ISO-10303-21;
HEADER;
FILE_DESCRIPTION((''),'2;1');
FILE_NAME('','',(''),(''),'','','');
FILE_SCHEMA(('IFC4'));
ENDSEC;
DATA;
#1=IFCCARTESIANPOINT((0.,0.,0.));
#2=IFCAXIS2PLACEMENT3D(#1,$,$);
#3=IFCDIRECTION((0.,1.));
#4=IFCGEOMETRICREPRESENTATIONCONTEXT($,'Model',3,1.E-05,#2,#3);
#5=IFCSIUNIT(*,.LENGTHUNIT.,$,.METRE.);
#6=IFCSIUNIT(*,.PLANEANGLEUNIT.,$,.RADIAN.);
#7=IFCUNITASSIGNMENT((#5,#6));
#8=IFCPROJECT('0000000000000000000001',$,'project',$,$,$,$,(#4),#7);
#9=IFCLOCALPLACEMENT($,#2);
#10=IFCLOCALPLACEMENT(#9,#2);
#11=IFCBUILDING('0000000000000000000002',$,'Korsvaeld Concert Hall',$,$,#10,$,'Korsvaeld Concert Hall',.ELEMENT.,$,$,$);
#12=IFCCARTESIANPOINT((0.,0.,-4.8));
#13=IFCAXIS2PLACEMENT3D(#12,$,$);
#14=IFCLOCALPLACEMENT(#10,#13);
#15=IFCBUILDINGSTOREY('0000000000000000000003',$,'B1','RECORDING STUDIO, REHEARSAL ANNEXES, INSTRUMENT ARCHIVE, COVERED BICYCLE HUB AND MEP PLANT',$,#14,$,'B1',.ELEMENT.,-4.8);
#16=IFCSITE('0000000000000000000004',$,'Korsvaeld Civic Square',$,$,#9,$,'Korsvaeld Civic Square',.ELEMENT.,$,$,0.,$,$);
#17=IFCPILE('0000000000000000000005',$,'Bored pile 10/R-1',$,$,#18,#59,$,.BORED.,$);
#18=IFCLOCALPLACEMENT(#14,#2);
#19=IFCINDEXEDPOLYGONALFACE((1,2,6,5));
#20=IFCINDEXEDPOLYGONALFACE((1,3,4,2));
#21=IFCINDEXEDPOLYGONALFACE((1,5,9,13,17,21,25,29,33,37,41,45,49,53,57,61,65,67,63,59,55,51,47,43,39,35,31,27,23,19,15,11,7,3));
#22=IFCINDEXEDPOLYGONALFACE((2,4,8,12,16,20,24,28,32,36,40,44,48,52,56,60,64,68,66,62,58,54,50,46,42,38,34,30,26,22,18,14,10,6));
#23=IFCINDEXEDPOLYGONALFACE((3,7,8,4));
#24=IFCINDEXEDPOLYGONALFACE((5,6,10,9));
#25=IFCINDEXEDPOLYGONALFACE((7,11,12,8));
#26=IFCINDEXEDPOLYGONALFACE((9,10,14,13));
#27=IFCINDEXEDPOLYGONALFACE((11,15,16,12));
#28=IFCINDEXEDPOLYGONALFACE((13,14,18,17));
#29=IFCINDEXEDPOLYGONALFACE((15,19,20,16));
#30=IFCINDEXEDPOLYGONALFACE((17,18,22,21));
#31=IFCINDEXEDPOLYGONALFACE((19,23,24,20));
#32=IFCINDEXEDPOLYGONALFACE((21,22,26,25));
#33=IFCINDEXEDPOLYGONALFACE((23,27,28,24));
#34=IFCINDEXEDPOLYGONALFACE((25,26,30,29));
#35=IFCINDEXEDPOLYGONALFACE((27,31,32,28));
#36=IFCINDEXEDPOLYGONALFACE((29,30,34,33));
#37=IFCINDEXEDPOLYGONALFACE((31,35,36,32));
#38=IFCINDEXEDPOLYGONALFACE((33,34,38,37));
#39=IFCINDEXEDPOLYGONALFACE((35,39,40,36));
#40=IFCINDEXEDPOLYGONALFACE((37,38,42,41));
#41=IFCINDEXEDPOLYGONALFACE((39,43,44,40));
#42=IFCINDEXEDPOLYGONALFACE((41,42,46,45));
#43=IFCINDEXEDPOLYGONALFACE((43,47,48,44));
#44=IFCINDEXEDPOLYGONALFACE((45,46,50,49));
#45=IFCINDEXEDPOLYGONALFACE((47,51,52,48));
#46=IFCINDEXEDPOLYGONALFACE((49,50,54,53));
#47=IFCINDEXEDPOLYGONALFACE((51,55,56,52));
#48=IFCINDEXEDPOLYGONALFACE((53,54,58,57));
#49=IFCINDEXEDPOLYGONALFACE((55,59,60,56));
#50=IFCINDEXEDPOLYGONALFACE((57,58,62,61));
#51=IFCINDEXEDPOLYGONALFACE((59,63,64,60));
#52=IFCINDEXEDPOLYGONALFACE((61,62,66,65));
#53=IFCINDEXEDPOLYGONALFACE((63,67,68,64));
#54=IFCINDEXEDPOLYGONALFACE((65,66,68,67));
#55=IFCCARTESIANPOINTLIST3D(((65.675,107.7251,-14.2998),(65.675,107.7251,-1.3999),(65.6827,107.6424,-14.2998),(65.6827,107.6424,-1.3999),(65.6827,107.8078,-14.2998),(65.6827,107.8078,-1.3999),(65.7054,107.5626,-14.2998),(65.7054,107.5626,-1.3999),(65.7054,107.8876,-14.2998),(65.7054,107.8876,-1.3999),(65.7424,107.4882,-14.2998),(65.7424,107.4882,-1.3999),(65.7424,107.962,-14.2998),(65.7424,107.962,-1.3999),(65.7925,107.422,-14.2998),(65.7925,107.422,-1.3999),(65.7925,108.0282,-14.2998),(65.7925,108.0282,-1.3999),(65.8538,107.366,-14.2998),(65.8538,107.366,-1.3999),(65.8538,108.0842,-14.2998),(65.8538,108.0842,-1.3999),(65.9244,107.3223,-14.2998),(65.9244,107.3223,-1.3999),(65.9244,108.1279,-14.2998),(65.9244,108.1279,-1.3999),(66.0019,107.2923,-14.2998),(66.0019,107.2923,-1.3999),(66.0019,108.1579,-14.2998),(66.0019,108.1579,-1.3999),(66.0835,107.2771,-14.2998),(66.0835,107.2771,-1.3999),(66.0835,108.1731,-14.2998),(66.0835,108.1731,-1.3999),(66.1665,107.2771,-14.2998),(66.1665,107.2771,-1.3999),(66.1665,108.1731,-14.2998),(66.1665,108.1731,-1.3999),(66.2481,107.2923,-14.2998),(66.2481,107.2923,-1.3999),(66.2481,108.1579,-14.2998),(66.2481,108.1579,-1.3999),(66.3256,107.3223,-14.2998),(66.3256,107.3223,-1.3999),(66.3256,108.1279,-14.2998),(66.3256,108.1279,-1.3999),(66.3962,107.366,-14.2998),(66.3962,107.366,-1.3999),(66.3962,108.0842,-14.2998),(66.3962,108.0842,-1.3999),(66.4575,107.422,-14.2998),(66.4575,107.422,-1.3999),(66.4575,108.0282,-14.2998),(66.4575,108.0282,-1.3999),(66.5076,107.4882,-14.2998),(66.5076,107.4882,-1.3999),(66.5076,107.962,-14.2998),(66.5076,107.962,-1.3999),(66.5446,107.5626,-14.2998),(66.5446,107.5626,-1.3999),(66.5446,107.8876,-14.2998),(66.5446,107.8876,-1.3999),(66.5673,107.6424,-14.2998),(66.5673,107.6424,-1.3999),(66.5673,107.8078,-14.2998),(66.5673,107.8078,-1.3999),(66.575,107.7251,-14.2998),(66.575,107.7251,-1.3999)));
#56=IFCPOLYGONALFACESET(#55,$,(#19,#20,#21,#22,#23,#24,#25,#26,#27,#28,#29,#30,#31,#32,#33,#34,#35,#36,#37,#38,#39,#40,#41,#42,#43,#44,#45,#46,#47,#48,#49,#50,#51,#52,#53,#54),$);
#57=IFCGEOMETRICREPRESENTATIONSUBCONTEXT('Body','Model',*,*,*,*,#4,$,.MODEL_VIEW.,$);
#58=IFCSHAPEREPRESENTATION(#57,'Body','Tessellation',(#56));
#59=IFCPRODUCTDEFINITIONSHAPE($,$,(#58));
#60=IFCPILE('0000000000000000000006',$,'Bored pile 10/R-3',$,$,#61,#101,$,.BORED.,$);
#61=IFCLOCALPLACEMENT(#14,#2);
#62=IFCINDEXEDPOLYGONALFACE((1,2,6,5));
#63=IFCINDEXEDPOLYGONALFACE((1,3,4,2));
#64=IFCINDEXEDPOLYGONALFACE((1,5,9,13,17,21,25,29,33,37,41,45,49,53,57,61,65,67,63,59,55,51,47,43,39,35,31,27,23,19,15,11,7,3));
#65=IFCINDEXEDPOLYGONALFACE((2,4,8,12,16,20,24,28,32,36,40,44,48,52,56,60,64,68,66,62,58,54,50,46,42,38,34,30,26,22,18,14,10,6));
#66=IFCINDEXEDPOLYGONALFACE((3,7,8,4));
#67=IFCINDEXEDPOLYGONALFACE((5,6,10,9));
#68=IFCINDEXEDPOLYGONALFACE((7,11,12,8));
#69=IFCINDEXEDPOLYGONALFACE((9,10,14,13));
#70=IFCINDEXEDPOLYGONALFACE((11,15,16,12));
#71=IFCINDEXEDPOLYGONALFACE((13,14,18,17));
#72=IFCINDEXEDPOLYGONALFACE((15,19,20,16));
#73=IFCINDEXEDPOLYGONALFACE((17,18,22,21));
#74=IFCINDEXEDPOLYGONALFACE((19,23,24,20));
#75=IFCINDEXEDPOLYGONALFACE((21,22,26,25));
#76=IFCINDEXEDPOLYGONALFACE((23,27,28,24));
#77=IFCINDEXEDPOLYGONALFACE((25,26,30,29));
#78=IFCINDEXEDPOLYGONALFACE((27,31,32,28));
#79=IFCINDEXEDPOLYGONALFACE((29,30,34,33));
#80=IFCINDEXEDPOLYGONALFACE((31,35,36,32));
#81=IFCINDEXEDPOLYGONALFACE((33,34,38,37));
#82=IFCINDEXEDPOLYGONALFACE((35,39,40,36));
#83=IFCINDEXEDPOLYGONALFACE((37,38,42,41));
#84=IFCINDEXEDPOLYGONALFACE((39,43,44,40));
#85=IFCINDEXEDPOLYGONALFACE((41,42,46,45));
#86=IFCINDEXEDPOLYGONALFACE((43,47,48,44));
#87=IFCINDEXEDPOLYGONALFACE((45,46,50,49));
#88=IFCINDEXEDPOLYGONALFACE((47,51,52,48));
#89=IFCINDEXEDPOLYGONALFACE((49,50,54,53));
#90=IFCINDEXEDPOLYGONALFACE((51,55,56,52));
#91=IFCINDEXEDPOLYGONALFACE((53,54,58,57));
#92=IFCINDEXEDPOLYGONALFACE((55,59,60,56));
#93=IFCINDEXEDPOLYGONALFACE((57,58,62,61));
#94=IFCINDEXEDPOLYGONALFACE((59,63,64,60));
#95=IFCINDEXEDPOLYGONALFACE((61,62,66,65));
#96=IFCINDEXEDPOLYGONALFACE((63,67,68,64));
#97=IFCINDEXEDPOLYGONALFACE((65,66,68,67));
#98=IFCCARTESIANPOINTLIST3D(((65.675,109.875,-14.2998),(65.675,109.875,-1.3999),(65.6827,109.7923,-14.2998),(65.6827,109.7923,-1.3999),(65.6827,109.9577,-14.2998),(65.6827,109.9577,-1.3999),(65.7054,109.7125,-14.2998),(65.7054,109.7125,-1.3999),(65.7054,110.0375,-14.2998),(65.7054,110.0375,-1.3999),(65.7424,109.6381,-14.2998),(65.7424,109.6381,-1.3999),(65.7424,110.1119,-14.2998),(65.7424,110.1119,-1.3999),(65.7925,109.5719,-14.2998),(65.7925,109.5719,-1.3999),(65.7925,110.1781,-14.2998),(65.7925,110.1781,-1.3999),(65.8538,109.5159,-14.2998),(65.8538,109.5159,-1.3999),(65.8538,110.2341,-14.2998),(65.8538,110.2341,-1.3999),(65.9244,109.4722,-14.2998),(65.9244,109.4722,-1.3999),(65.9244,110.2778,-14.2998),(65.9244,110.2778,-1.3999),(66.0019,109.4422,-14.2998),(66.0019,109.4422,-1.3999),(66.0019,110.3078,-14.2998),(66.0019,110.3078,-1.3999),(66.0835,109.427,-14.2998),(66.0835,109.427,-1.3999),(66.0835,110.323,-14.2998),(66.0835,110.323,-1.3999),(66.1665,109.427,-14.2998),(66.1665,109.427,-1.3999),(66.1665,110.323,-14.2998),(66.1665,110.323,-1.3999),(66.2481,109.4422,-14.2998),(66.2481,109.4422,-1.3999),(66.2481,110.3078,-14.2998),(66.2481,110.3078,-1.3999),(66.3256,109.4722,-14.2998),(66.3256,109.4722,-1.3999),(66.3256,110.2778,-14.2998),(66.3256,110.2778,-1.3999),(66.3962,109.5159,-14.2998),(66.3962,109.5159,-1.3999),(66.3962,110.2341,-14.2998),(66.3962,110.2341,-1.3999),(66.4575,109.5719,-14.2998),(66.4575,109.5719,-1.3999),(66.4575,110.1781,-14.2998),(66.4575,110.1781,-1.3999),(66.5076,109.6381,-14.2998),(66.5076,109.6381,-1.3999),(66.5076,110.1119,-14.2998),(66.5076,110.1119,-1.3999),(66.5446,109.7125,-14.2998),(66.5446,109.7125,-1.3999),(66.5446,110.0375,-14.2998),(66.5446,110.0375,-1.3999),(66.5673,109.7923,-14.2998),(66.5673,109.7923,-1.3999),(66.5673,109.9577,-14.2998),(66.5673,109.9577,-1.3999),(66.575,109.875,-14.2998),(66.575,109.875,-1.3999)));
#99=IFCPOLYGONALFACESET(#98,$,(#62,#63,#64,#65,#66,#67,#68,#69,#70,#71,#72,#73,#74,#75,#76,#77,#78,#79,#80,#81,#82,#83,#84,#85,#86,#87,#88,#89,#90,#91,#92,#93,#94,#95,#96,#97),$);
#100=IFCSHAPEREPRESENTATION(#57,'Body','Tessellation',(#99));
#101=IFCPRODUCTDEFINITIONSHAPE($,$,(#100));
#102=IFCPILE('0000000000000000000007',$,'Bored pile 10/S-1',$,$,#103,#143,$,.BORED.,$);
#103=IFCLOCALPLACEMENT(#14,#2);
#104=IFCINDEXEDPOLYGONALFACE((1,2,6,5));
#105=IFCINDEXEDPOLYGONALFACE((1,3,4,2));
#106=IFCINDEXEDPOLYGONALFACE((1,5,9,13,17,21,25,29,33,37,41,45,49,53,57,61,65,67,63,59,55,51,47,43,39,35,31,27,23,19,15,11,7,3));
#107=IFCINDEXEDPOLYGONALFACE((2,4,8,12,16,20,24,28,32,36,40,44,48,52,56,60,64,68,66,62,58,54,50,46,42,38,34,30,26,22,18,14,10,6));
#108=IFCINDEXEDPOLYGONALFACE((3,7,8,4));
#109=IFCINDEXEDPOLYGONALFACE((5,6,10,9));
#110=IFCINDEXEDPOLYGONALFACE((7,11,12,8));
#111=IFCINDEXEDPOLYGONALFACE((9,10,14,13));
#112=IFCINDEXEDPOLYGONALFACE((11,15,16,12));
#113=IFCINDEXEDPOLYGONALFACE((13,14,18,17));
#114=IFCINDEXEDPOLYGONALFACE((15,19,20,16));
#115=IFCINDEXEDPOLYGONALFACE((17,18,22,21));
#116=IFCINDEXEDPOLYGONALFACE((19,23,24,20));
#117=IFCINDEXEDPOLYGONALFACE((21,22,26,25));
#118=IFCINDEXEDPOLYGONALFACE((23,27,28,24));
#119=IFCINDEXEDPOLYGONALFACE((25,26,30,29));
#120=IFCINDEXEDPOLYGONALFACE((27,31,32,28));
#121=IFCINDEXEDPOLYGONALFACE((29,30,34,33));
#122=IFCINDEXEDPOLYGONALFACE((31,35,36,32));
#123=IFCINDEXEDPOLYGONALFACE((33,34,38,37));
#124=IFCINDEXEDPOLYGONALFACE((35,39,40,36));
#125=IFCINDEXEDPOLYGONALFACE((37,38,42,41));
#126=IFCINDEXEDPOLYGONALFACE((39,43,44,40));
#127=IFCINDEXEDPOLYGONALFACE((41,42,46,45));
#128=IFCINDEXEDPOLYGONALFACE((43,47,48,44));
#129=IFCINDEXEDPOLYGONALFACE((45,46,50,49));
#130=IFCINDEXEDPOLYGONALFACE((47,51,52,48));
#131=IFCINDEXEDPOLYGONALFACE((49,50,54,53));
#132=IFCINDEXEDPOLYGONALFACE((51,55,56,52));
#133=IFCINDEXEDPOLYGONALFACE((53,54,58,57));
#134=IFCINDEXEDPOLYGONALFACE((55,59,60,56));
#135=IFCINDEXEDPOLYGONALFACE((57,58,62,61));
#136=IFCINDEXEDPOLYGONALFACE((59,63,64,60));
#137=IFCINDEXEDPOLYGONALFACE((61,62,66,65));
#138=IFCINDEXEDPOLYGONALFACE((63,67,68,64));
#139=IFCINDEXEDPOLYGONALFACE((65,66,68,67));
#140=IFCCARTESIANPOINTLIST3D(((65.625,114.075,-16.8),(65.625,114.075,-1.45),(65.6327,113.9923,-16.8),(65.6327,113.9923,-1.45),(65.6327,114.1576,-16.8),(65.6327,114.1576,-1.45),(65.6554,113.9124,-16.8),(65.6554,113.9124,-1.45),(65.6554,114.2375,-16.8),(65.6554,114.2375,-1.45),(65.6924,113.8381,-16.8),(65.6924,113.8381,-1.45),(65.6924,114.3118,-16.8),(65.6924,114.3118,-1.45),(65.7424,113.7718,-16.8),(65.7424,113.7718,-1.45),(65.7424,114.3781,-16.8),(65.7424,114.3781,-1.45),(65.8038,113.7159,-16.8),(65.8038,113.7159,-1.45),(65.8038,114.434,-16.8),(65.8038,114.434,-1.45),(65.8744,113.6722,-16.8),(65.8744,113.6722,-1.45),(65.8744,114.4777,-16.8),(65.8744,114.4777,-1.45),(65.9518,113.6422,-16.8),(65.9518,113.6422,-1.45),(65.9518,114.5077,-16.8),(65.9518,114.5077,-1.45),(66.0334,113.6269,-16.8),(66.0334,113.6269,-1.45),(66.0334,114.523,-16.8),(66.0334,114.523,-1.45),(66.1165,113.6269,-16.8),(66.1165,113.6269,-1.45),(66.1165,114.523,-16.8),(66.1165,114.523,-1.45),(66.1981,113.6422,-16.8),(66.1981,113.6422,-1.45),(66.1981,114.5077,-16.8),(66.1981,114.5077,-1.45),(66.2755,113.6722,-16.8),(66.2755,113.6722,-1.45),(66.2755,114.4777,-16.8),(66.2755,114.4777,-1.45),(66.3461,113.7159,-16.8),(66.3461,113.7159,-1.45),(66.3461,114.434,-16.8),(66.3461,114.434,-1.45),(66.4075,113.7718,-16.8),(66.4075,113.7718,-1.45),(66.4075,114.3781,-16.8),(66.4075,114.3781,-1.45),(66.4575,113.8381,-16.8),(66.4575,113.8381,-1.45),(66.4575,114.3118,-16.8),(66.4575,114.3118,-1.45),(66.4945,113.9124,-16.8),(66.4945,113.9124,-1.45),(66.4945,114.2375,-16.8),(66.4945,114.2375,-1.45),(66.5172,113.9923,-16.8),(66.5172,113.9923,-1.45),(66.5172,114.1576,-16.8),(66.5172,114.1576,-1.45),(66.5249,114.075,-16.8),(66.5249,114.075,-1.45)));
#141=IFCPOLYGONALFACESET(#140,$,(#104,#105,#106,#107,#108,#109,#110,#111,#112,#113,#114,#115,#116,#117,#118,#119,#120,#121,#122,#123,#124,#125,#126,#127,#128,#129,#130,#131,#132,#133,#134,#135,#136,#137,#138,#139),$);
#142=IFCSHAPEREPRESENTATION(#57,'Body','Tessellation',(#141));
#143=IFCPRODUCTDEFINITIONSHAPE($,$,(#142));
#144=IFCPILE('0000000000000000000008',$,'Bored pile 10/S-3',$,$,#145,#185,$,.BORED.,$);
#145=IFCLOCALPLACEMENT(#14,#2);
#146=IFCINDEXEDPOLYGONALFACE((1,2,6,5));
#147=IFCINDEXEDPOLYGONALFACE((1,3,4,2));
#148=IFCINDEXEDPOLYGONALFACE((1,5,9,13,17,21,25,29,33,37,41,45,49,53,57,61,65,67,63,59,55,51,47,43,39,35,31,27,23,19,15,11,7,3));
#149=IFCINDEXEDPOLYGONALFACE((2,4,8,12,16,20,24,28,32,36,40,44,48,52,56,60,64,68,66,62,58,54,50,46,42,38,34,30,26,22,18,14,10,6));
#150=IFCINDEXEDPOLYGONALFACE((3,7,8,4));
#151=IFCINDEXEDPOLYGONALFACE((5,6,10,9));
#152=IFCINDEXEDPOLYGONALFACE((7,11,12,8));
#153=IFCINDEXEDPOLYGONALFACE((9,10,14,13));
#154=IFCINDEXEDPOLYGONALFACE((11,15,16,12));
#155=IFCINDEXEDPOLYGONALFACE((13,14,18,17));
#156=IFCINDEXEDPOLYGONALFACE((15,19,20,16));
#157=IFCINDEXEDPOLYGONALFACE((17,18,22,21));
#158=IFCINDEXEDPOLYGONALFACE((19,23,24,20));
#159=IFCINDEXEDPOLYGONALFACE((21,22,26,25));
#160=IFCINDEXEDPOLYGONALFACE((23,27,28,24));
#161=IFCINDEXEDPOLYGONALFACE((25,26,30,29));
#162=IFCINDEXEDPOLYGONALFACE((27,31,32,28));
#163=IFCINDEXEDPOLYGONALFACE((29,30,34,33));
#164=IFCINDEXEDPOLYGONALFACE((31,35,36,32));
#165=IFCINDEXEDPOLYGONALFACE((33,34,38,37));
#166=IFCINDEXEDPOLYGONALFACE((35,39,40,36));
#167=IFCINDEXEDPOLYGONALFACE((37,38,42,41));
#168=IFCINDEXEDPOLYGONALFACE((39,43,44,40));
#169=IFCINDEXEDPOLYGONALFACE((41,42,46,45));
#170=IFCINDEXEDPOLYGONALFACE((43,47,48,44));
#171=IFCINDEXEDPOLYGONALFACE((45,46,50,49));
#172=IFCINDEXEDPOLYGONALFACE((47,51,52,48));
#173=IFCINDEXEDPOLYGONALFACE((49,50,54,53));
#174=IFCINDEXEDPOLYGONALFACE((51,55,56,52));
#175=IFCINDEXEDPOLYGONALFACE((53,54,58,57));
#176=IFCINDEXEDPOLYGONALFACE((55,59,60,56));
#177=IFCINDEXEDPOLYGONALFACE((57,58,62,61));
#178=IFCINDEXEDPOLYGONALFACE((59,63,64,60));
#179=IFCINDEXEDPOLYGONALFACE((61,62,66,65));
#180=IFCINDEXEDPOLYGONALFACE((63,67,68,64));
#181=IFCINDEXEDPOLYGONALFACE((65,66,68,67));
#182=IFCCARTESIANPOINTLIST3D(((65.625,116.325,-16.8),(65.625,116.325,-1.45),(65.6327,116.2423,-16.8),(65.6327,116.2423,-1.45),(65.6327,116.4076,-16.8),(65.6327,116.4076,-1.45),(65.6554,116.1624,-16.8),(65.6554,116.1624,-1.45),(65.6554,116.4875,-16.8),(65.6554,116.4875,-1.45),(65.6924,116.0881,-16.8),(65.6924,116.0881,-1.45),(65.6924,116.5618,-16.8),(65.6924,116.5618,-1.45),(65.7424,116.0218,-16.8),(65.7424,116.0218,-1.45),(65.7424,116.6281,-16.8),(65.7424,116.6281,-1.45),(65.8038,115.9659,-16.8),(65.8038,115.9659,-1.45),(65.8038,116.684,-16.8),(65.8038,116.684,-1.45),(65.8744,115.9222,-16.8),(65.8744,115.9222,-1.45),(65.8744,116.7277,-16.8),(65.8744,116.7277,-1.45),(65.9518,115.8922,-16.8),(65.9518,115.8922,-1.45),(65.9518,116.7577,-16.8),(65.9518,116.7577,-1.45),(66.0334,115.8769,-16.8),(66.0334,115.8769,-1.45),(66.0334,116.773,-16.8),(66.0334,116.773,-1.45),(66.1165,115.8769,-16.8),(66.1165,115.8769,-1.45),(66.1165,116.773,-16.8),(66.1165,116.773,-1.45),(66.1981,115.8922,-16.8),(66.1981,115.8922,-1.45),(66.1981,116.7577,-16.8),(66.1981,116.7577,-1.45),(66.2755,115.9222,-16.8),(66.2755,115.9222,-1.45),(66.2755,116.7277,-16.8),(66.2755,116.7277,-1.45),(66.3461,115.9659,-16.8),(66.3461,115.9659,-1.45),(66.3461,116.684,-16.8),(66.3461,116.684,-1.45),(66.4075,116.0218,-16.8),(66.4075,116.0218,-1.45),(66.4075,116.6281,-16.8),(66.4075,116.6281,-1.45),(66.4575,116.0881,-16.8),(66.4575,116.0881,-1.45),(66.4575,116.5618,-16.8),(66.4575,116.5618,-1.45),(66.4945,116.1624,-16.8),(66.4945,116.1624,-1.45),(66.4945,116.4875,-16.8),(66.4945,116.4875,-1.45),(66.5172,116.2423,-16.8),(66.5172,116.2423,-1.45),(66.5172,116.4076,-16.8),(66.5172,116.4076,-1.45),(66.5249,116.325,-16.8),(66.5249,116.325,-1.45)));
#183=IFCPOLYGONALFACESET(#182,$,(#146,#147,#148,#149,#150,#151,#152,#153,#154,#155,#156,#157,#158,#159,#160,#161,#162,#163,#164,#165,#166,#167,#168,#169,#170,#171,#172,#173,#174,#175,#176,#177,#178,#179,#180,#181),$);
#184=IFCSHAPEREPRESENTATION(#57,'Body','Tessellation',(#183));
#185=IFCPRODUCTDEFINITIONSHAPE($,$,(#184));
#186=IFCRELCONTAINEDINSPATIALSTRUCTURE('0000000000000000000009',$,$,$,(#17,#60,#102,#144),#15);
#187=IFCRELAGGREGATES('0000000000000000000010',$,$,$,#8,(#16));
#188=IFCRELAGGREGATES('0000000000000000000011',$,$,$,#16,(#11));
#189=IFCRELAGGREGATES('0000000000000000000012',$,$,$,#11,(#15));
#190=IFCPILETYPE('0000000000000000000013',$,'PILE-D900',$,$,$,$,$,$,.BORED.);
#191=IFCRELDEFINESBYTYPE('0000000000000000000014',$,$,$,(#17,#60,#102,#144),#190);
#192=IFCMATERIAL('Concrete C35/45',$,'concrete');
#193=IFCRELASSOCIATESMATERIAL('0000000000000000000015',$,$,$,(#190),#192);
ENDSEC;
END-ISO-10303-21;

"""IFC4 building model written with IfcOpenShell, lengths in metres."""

from ifc_helpers import new_model, si_unit, direction, frame, origin, origin_2d, place, context, subcontext, project, spatial, circle, extrude, material, material_profile, profile_set, type_object, element, save


model = new_model("IFC4")

# Units and contexts
model_context = context("Model", 3, precision=1e-05, world=origin(), true_north=direction((0.0, 1.0)))
body_context = subcontext(model_context, "Body", "Model", "MODEL_VIEW")
ifc_project = project(units=[si_unit("LENGTHUNIT", "METRE"), si_unit("PLANEANGLEUNIT", "RADIAN")], contexts=[model_context])

# Site, building, storey
site_placement = place(None, origin())
site = spatial("IfcSite", under=ifc_project, at=site_placement, Name="Korsvaeld Civic Square", LongName="Korsvaeld Civic Square", CompositionType="ELEMENT", RefElevation=0.0)
building_placement = place(site_placement, origin())
building = spatial("IfcBuilding", under=site, at=building_placement, Name="Korsvaeld Concert Hall", LongName="Korsvaeld Concert Hall", CompositionType="ELEMENT")
storey_placement = place(building_placement, frame((0.0, 0.0, -4.8)))
storey = spatial("IfcBuildingStorey", under=building, at=storey_placement, Name="B1", Description="RECORDING STUDIO, REHEARSAL ANNEXES, INSTRUMENT ARCHIVE, COVERED BICYCLE HUB AND MEP PLANT", LongName="B1", CompositionType="ELEMENT", Elevation=-4.8)

# Shared definitions
ifc_material_1 = material(Name="Concrete C35/45", Category="concrete")

# Piles
ifc_material_profile_1 = material_profile(ifc_material_1, circle(Radius=0.45, at=origin_2d()), Name="BORED PILE D900")
ifc_profile_set_1 = profile_set([ifc_material_profile_1], Name="Concrete C35/45")
pile_type = type_object("IfcPileType", Name="PILE-D900", PredefinedType="BORED", material=ifc_profile_set_1)
for number, where, z_axis, x_axis, name in (
    (1, (66.125, 107.7251, -1.3999), (0.0, 0.0, -1.0), (1.0, 0.0, 0.0), "Bored pile 10/R-1"),
    (2, (66.125, 109.875, -1.3999), (0.0, 0.0, -1.0), (1.0, 0.0, 0.0), "Bored pile 10/R-3"),
):
    element("IfcPile", number, at=place(storey_placement, frame(where, z_axis=z_axis, x_axis=x_axis)), inside=storey, type_object=pile_type, Name=name, PredefinedType="BORED", context=body_context, shape_type="SweptSolid", body=[
        extrude(circle(Radius=0.45, at=origin_2d()), origin(), (0.0, 0.0, 1.0), 12.8999),
    ])
for number, where, z_axis, x_axis, name in (
    (3, (66.075, 114.075, -1.45), (0.0, 0.0, -1.0), (1.0, 0.0, 0.0), "Bored pile 10/S-1"),
    (4, (66.075, 116.325, -1.45), (0.0, 0.0, -1.0), (1.0, 0.0, 0.0), "Bored pile 10/S-3"),
):
    element("IfcPile", number, at=place(storey_placement, frame(where, z_axis=z_axis, x_axis=x_axis)), inside=storey, type_object=pile_type, Name=name, PredefinedType="BORED", context=body_context, shape_type="SweptSolid", body=[
        extrude(circle(Radius=0.45, at=origin_2d()), origin(), (0.0, 0.0, 1.0), 15.3501),
    ])

save(model, "model.ifc")
